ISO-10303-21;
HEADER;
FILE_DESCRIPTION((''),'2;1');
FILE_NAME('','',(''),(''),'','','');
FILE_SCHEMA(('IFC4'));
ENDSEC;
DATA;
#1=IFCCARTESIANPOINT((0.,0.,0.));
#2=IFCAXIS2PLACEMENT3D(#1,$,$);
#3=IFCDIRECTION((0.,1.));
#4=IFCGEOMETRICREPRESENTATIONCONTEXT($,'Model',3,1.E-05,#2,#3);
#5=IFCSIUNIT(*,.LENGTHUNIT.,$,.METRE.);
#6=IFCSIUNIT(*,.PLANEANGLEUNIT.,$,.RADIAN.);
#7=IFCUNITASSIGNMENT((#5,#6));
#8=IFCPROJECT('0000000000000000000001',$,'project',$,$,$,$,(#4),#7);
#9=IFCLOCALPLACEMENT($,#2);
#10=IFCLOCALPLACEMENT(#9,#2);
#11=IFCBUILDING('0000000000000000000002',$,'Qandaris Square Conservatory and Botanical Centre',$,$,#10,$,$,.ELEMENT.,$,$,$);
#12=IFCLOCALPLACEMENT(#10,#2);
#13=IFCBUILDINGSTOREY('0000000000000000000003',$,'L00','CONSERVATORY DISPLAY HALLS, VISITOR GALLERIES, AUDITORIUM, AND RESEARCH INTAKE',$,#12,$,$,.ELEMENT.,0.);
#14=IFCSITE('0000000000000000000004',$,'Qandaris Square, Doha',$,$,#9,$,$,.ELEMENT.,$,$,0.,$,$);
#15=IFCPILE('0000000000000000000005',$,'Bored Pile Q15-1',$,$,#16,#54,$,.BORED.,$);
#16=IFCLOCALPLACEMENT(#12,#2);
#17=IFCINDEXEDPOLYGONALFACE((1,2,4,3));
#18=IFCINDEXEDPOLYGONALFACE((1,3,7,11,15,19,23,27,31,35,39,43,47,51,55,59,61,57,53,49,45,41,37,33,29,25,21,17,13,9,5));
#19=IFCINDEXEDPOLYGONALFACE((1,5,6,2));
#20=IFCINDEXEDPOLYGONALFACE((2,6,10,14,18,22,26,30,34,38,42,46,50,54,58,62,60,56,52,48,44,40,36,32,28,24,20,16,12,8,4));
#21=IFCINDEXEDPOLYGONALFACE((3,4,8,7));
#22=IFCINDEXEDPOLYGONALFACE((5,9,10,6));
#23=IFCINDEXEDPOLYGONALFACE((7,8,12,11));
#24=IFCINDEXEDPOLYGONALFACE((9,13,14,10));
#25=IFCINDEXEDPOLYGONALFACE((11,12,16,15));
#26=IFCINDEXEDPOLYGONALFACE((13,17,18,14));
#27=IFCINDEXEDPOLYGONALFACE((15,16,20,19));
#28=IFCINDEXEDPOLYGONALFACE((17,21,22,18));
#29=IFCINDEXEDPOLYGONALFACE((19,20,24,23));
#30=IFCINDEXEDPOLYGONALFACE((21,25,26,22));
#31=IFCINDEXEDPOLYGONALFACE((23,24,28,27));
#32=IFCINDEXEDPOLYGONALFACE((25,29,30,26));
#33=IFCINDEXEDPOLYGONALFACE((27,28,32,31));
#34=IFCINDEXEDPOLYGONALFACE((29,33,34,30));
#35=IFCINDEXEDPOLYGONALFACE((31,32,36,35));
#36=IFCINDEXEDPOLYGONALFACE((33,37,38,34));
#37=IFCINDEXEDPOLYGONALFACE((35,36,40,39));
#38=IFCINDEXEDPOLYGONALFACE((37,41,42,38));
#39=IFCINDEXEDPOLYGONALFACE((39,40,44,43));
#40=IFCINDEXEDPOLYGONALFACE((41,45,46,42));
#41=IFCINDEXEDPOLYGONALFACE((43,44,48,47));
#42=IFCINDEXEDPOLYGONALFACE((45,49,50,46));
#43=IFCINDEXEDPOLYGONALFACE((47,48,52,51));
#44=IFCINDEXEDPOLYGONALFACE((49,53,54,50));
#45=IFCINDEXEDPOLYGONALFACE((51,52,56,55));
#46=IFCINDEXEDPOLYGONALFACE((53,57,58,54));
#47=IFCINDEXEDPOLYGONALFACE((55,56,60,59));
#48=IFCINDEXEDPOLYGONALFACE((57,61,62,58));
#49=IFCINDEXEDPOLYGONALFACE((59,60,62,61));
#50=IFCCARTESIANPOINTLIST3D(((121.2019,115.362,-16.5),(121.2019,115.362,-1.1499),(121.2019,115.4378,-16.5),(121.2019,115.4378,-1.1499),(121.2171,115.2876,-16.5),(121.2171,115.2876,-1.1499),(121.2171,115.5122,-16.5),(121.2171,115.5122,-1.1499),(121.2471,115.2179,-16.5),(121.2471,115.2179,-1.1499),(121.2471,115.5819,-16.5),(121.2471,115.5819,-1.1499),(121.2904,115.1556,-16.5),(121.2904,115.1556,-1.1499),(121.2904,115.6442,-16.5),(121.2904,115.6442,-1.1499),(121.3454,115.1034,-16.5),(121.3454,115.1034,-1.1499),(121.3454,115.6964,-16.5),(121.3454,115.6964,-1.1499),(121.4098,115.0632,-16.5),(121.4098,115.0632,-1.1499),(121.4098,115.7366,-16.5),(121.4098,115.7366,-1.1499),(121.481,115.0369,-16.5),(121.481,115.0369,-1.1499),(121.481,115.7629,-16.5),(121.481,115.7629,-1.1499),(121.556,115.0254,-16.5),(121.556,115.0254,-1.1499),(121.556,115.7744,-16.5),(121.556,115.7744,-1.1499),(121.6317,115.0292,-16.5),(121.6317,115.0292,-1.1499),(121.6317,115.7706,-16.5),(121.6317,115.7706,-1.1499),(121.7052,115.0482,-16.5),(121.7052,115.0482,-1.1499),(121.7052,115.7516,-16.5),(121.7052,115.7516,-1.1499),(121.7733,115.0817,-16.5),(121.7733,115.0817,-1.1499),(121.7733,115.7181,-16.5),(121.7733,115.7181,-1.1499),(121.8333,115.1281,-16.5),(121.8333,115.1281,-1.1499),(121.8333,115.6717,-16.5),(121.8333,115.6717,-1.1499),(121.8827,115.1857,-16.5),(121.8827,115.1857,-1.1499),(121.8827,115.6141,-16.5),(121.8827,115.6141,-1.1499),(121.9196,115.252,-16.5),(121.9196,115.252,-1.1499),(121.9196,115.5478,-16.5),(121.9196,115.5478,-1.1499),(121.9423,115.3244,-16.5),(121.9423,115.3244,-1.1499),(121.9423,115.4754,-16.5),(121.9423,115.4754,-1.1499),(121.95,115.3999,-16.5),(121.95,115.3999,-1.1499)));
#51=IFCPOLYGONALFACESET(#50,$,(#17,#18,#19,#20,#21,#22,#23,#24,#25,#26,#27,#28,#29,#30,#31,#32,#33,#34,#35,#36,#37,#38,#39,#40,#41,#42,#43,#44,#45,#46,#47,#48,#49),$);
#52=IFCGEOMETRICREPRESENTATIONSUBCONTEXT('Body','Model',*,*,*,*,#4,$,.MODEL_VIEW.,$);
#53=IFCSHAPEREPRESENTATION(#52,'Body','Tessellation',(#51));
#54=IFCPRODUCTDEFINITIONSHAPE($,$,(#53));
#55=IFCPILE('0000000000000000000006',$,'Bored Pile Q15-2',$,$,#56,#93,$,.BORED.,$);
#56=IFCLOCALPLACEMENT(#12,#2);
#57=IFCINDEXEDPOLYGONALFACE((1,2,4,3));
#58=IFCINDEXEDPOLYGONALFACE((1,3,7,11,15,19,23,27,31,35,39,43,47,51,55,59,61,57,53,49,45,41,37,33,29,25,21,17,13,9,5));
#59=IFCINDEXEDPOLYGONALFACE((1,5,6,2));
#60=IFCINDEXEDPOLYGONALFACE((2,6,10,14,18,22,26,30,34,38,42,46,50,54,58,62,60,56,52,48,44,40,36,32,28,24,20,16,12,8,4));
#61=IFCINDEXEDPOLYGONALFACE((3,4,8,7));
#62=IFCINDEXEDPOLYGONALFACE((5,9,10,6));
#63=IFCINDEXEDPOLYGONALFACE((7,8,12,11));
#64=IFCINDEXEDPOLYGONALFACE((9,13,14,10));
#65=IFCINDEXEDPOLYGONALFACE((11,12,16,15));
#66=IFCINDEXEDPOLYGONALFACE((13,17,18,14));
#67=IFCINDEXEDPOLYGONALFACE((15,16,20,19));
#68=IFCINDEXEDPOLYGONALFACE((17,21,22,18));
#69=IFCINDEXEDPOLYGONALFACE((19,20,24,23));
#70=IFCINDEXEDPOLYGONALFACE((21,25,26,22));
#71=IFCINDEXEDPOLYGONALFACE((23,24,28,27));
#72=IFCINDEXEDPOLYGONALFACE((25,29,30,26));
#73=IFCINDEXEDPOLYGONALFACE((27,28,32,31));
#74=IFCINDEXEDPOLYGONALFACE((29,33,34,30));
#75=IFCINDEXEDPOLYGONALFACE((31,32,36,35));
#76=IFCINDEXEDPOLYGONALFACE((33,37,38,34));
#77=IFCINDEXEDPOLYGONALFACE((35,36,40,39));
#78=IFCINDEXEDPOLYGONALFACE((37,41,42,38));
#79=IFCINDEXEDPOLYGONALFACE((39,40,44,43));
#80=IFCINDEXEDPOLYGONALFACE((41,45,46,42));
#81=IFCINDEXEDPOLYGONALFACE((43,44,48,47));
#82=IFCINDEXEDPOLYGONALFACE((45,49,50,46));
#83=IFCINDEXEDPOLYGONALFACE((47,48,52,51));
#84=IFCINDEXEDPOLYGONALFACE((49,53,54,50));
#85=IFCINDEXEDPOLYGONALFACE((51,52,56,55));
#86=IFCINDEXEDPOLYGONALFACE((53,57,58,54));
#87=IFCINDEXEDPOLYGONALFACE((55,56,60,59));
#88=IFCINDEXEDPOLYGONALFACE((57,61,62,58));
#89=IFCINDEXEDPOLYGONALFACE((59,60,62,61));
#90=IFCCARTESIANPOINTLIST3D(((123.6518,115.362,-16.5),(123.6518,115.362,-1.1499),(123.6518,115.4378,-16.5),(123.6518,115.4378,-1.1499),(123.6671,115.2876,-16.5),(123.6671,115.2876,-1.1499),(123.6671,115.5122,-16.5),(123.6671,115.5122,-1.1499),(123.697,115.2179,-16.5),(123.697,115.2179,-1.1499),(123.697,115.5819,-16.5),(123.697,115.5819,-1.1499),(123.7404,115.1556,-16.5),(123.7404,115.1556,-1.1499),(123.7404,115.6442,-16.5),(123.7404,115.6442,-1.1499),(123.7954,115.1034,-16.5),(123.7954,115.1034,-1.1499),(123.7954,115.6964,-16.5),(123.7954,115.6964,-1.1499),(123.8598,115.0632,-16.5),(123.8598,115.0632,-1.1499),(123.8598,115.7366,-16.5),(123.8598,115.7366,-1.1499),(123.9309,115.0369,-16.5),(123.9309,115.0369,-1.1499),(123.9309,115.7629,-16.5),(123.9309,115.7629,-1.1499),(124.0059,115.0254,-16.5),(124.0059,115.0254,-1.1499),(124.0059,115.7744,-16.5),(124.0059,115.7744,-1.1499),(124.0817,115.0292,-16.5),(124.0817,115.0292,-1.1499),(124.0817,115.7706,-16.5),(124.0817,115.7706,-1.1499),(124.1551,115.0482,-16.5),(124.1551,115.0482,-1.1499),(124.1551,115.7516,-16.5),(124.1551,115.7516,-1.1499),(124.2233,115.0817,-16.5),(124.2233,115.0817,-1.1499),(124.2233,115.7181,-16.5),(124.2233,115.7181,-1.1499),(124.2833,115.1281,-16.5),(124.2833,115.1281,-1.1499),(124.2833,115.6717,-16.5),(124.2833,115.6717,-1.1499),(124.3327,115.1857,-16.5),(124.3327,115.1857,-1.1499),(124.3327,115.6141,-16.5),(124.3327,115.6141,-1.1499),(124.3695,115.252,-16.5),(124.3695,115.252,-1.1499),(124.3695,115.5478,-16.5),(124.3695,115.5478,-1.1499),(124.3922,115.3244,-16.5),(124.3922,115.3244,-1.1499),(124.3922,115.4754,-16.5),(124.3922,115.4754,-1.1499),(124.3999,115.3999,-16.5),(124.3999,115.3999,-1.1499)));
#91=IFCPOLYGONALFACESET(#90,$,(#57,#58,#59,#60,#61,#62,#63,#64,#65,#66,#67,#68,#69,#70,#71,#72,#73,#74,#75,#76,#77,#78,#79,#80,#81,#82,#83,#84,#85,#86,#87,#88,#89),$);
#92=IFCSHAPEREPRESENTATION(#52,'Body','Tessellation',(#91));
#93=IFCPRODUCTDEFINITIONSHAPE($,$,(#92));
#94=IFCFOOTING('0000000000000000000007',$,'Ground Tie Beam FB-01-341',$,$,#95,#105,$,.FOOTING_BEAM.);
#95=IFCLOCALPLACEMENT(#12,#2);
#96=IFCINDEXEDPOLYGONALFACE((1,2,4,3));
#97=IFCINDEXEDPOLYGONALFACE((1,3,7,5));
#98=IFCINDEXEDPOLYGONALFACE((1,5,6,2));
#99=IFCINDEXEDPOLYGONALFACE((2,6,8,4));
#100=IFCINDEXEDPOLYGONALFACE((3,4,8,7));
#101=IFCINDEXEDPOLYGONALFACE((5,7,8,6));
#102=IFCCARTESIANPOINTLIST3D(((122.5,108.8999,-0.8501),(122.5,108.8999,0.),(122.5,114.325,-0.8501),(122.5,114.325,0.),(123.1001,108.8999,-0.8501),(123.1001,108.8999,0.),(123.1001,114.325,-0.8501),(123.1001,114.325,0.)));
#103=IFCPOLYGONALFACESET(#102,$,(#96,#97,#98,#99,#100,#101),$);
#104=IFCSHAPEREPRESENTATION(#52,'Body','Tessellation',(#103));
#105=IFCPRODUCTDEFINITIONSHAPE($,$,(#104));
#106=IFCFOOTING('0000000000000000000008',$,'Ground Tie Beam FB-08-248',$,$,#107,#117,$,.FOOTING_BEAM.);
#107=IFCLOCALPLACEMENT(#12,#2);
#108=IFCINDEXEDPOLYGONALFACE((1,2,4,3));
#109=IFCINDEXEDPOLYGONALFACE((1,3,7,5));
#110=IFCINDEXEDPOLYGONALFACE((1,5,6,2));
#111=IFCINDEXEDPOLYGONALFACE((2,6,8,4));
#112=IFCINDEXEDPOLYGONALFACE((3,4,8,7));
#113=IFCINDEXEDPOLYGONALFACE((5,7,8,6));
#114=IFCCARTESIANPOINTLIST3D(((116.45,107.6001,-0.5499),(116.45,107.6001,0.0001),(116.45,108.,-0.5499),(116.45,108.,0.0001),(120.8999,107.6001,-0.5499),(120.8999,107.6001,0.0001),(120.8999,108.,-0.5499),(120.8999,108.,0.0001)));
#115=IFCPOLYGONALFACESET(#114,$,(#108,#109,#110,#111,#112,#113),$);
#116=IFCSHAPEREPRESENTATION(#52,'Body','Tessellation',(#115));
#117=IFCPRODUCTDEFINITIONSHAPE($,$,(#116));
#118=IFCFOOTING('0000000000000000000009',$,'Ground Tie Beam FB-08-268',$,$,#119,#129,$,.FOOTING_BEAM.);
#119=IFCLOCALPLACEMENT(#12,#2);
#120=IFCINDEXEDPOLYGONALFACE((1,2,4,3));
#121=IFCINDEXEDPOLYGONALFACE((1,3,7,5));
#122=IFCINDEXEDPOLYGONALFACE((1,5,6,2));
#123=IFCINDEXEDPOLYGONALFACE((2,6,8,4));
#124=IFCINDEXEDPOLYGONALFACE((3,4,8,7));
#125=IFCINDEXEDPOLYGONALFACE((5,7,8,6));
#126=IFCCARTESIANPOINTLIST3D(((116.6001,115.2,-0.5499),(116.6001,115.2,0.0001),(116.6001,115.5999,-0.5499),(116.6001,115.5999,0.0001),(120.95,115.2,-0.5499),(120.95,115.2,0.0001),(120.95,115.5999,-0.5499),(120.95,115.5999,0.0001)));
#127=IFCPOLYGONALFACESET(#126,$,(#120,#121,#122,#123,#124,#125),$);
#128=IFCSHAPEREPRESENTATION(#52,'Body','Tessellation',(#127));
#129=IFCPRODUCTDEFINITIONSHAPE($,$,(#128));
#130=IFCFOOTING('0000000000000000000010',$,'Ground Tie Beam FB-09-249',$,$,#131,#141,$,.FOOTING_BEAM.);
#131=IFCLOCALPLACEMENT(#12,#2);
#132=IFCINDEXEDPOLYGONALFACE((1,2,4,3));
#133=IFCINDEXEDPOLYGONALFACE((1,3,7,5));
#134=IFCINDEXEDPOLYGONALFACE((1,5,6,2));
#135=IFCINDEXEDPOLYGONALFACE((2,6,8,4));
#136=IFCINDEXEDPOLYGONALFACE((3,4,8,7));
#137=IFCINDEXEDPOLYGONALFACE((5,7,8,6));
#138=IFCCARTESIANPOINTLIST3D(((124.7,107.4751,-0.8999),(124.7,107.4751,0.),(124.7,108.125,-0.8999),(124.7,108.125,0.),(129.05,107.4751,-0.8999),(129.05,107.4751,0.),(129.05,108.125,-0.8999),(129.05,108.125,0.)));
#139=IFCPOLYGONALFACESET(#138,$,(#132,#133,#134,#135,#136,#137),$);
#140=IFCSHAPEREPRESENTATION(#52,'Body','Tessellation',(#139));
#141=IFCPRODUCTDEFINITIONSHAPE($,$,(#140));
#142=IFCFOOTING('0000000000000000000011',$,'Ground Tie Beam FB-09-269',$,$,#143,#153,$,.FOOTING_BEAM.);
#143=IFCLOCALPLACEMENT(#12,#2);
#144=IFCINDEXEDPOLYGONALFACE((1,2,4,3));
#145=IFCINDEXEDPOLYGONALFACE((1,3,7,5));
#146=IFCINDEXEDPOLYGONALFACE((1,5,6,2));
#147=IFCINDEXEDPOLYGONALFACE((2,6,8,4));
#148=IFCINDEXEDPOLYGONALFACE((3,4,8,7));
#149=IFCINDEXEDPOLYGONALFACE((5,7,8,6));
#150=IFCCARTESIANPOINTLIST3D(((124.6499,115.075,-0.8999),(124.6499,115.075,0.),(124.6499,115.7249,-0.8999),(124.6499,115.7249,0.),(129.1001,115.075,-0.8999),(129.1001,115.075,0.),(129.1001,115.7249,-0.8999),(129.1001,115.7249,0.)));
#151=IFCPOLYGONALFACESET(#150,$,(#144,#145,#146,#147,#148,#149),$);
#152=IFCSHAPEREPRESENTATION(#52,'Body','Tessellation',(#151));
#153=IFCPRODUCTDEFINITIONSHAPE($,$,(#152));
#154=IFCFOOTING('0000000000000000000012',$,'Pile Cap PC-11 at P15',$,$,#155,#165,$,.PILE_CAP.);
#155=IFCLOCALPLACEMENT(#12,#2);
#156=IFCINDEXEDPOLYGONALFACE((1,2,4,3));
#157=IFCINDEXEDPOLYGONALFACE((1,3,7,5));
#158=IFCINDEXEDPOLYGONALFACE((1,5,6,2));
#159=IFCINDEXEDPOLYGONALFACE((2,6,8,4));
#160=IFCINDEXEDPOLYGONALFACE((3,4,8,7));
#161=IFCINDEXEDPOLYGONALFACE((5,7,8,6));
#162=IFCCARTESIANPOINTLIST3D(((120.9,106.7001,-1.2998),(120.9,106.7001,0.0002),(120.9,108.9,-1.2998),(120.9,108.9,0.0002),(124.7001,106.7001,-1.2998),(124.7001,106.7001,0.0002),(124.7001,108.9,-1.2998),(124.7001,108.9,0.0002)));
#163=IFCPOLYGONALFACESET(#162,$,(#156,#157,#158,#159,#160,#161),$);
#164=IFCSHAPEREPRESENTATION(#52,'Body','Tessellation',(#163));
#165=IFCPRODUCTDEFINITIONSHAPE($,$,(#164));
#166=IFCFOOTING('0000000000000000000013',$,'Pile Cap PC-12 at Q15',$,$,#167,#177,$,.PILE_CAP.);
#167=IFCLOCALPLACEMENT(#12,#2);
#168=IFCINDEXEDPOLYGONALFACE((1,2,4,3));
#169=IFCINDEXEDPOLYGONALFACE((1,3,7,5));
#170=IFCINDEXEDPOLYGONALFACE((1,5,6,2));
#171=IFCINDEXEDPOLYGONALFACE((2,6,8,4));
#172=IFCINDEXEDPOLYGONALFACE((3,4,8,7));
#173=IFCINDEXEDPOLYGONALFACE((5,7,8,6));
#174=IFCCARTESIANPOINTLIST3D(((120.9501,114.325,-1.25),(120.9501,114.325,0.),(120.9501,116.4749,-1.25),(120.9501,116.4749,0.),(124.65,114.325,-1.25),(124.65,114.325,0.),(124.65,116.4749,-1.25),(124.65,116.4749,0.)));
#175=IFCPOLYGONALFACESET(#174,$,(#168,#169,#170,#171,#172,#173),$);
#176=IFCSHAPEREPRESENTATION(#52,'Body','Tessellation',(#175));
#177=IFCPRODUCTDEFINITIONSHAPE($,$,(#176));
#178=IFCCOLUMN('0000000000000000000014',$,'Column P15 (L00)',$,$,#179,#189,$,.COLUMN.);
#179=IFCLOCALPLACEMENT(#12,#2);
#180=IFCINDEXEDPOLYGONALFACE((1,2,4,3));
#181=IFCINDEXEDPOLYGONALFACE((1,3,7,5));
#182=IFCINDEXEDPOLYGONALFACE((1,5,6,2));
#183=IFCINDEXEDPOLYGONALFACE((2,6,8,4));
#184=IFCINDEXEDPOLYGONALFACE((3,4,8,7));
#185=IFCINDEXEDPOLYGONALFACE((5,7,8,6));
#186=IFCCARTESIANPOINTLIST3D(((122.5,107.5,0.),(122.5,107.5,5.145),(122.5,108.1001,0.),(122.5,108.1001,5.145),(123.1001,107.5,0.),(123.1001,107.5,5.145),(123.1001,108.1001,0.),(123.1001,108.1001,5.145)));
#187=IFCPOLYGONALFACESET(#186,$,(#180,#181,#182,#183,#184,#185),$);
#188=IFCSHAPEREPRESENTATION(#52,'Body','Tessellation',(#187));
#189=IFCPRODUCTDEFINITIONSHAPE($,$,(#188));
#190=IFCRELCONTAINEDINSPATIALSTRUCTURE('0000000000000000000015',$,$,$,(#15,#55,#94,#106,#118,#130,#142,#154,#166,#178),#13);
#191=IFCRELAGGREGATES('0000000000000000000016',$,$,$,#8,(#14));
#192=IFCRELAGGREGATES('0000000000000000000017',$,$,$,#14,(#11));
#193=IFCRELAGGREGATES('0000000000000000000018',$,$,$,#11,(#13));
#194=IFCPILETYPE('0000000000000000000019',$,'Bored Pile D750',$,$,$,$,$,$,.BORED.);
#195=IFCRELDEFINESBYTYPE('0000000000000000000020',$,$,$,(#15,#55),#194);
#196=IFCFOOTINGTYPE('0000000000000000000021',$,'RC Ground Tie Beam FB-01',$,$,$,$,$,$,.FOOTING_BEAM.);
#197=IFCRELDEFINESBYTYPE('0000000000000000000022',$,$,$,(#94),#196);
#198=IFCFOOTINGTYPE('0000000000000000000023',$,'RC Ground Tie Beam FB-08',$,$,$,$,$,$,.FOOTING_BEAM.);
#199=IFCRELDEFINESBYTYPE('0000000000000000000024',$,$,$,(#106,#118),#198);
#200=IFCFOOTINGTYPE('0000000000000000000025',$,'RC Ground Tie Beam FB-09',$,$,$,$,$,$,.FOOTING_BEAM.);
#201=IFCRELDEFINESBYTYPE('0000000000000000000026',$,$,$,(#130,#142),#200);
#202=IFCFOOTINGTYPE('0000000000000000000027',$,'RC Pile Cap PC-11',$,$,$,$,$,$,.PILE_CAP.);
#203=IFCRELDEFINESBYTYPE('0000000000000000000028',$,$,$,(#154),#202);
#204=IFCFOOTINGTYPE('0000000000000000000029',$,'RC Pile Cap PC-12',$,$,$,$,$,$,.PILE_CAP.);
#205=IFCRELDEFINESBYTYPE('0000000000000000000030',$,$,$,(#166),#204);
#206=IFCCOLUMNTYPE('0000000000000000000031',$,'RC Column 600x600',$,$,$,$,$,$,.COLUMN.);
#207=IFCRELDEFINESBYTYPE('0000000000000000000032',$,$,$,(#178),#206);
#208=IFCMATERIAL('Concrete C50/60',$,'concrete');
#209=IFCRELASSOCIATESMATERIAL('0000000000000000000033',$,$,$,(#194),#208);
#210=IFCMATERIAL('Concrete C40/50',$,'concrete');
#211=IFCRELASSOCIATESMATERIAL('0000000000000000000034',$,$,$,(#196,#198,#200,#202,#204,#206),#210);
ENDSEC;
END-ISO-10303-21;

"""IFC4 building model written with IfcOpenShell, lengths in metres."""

from ifc_helpers import new_model, si_unit, direction, frame, origin, origin_2d, place, context, subcontext, project, spatial, rectangle, circle, extrude, material, material_profile, profile_set, type_object, element, save


model = new_model("IFC4")

# Units and contexts
model_context = context("Model", 3, precision=1e-05, world=origin(), true_north=direction((0.0, 1.0)))
body_context = subcontext(model_context, "Body", "Model", "MODEL_VIEW")
ifc_project = project(units=[si_unit("LENGTHUNIT", "METRE"), si_unit("PLANEANGLEUNIT", "RADIAN")], contexts=[model_context])

# Site, building, storey
site_placement = place(None, origin())
site = spatial("IfcSite", under=ifc_project, at=site_placement, Name="Qandaris Square, Doha", CompositionType="ELEMENT", RefElevation=0.0)
building_placement = place(site_placement, origin())
building = spatial("IfcBuilding", under=site, at=building_placement, Name="Qandaris Square Conservatory and Botanical Centre", CompositionType="ELEMENT")
storey_placement = place(building_placement, origin())
storey = spatial("IfcBuildingStorey", under=building, at=storey_placement, Name="L00", Description="CONSERVATORY DISPLAY HALLS, VISITOR GALLERIES, AUDITORIUM, AND RESEARCH INTAKE", CompositionType="ELEMENT", Elevation=0.0)

# Piles
ifc_material_1 = material(Name="Concrete C50/60", Category="concrete")
ifc_material_profile_1 = material_profile(ifc_material_1, circle(Radius=0.375, at=origin_2d()), Name="PILE D750")
ifc_profile_set_1 = profile_set([ifc_material_profile_1], Name="Concrete C50/60")
pile_type = type_object("IfcPileType", Name="Bored Pile D750", PredefinedType="BORED", material=ifc_profile_set_1)
for number, where, z_axis, x_axis, name in (
    (1, (121.575, 115.3999, -1.1499), (0.0, 0.0, -1.0), (1.0, 0.0, 0.0), "Bored Pile Q15-1"),
    (2, (124.0249, 115.3999, -1.1499), (0.0, 0.0, -1.0), (1.0, 0.0, 0.0), "Bored Pile Q15-2"),
):
    element("IfcPile", number, at=place(storey_placement, frame(where, z_axis=z_axis, x_axis=x_axis)), inside=storey, type_object=pile_type, Name=name, PredefinedType="BORED", context=body_context, shape_type="SweptSolid", body=[
        extrude(circle(Radius=0.375, at=origin_2d()), origin(), (0.0, 0.0, 1.0), 15.3501),
    ])

# Footings
ifc_material_2 = material(Name="Concrete C40/50", Category="concrete")
ifc_material_profile_2 = material_profile(ifc_material_2, rectangle(XDim=0.6001, YDim=0.8501, at=origin_2d()), Name="FB 600x850")
ifc_profile_set_2 = profile_set([ifc_material_profile_2], Name="Concrete C40/50")
footing_type_1 = type_object("IfcFootingType", Name="RC Ground Tie Beam FB-01", PredefinedType="FOOTING_BEAM", material=ifc_profile_set_2)
footing_1_placement = place(storey_placement, frame((122.8, 108.8999, -0.425), z_axis=(0.0, 1.0, 0.0), x_axis=(-1.0, 0.0, 0.0)))
element("IfcFooting", 3, at=footing_1_placement, inside=storey, type_object=footing_type_1, Name="Ground Tie Beam FB-01-341", PredefinedType="FOOTING_BEAM", context=body_context, shape_type="SweptSolid", body=[
    extrude(rectangle(XDim=0.6001, YDim=0.8501, at=origin_2d()), origin(), (0.0, 0.0, 1.0), 5.425),
])
ifc_material_profile_3 = material_profile(ifc_material_2, rectangle(XDim=0.3999, YDim=0.55, at=origin_2d()), Name="FB 400x550")
ifc_profile_set_3 = profile_set([ifc_material_profile_3], Name="Concrete C40/50")
footing_type_2 = type_object("IfcFootingType", Name="RC Ground Tie Beam FB-08", PredefinedType="FOOTING_BEAM", material=ifc_profile_set_3)
footing_2_placement = place(storey_placement, frame((116.45, 107.8, -0.2749), z_axis=(1.0, 0.0, 0.0), x_axis=(0.0, 1.0, 0.0)))
element("IfcFooting", 4, at=footing_2_placement, inside=storey, type_object=footing_type_2, Name="Ground Tie Beam FB-08-248", PredefinedType="FOOTING_BEAM", context=body_context, shape_type="SweptSolid", body=[
    extrude(rectangle(XDim=0.3999, YDim=0.55, at=origin_2d()), origin(), (0.0, 0.0, 1.0), 4.45),
])
footing_3_placement = place(storey_placement, frame((116.6001, 115.3999, -0.2749), z_axis=(1.0, 0.0, 0.0), x_axis=(0.0, 1.0, 0.0)))
element("IfcFooting", 5, at=footing_3_placement, inside=storey, type_object=footing_type_2, Name="Ground Tie Beam FB-08-268", PredefinedType="FOOTING_BEAM", context=body_context, shape_type="SweptSolid", body=[
    extrude(rectangle(XDim=0.3999, YDim=0.55, at=origin_2d()), origin(), (0.0, 0.0, 1.0), 4.3499),
])
ifc_material_profile_4 = material_profile(ifc_material_2, rectangle(XDim=0.6499, YDim=0.8999, at=origin_2d()), Name="FB 650x900")
ifc_profile_set_4 = profile_set([ifc_material_profile_4], Name="Concrete C40/50")
footing_type_3 = type_object("IfcFootingType", Name="RC Ground Tie Beam FB-09", PredefinedType="FOOTING_BEAM", material=ifc_profile_set_4)
footing_4_placement = place(storey_placement, frame((124.7, 107.8, -0.45), z_axis=(1.0, 0.0, 0.0), x_axis=(0.0, 1.0, 0.0)))
element("IfcFooting", 6, at=footing_4_placement, inside=storey, type_object=footing_type_3, Name="Ground Tie Beam FB-09-249", PredefinedType="FOOTING_BEAM", context=body_context, shape_type="SweptSolid", body=[
    extrude(rectangle(XDim=0.6499, YDim=0.8999, at=origin_2d()), origin(), (0.0, 0.0, 1.0), 4.3501),
])
footing_5_placement = place(storey_placement, frame((124.6499, 115.3999, -0.45), z_axis=(1.0, 0.0, 0.0), x_axis=(0.0, 1.0, 0.0)))
element("IfcFooting", 7, at=footing_5_placement, inside=storey, type_object=footing_type_3, Name="Ground Tie Beam FB-09-269", PredefinedType="FOOTING_BEAM", context=body_context, shape_type="SweptSolid", body=[
    extrude(rectangle(XDim=0.6499, YDim=0.8999, at=origin_2d()), origin(), (0.0, 0.0, 1.0), 4.4502),
])
footing_type_4 = type_object("IfcFootingType", Name="RC Pile Cap PC-11", PredefinedType="PILE_CAP", material=ifc_material_2)
footing_6_placement = place(storey_placement, frame((122.8, 107.8, -1.2998), z_axis=(0.0, 0.0, 1.0), x_axis=(1.0, 0.0, 0.0)))
element("IfcFooting", 8, at=footing_6_placement, inside=storey, type_object=footing_type_4, Name="Pile Cap PC-11 at P15", PredefinedType="PILE_CAP", context=body_context, shape_type="SweptSolid", body=[
    extrude(rectangle(XDim=3.8, YDim=2.2, at=origin_2d()), origin(), (0.0, 0.0, 1.0), 1.3),
])
footing_type_5 = type_object("IfcFootingType", Name="RC Pile Cap PC-12", PredefinedType="PILE_CAP", material=ifc_material_2)
footing_7_placement = place(storey_placement, frame((122.8, 115.3999, -1.25), z_axis=(0.0, 0.0, 1.0), x_axis=(1.0, 0.0, 0.0)))
element("IfcFooting", 9, at=footing_7_placement, inside=storey, type_object=footing_type_5, Name="Pile Cap PC-12 at Q15", PredefinedType="PILE_CAP", context=body_context, shape_type="SweptSolid", body=[
    extrude(rectangle(XDim=3.7, YDim=2.1499, at=origin_2d()), origin(), (0.0, 0.0, 1.0), 1.25),
])

# Column
ifc_material_profile_5 = material_profile(ifc_material_2, rectangle(XDim=0.6001, YDim=0.6001, at=origin_2d()), Name="RC-COL 600x600")
ifc_profile_set_5 = profile_set([ifc_material_profile_5], Name="Concrete C40/50")
column_type = type_object("IfcColumnType", Name="RC Column 600x600", PredefinedType="COLUMN", material=ifc_profile_set_5)
for number, where, z_axis, x_axis, name in (
    (10, (122.8, 107.8, 0.0), (0.0, 0.0, 1.0), (1.0, 0.0, 0.0), "Column P15 (L00)"),
):
    element("IfcColumn", number, at=place(storey_placement, frame(where, z_axis=z_axis, x_axis=x_axis)), inside=storey, type_object=column_type, Name=name, PredefinedType="COLUMN", context=body_context, shape_type="SweptSolid", body=[
        extrude(rectangle(XDim=0.6001, YDim=0.6001, at=origin_2d()), origin(), (0.0, 0.0, 1.0), 5.145),
    ])

save(model, "model.ifc")
